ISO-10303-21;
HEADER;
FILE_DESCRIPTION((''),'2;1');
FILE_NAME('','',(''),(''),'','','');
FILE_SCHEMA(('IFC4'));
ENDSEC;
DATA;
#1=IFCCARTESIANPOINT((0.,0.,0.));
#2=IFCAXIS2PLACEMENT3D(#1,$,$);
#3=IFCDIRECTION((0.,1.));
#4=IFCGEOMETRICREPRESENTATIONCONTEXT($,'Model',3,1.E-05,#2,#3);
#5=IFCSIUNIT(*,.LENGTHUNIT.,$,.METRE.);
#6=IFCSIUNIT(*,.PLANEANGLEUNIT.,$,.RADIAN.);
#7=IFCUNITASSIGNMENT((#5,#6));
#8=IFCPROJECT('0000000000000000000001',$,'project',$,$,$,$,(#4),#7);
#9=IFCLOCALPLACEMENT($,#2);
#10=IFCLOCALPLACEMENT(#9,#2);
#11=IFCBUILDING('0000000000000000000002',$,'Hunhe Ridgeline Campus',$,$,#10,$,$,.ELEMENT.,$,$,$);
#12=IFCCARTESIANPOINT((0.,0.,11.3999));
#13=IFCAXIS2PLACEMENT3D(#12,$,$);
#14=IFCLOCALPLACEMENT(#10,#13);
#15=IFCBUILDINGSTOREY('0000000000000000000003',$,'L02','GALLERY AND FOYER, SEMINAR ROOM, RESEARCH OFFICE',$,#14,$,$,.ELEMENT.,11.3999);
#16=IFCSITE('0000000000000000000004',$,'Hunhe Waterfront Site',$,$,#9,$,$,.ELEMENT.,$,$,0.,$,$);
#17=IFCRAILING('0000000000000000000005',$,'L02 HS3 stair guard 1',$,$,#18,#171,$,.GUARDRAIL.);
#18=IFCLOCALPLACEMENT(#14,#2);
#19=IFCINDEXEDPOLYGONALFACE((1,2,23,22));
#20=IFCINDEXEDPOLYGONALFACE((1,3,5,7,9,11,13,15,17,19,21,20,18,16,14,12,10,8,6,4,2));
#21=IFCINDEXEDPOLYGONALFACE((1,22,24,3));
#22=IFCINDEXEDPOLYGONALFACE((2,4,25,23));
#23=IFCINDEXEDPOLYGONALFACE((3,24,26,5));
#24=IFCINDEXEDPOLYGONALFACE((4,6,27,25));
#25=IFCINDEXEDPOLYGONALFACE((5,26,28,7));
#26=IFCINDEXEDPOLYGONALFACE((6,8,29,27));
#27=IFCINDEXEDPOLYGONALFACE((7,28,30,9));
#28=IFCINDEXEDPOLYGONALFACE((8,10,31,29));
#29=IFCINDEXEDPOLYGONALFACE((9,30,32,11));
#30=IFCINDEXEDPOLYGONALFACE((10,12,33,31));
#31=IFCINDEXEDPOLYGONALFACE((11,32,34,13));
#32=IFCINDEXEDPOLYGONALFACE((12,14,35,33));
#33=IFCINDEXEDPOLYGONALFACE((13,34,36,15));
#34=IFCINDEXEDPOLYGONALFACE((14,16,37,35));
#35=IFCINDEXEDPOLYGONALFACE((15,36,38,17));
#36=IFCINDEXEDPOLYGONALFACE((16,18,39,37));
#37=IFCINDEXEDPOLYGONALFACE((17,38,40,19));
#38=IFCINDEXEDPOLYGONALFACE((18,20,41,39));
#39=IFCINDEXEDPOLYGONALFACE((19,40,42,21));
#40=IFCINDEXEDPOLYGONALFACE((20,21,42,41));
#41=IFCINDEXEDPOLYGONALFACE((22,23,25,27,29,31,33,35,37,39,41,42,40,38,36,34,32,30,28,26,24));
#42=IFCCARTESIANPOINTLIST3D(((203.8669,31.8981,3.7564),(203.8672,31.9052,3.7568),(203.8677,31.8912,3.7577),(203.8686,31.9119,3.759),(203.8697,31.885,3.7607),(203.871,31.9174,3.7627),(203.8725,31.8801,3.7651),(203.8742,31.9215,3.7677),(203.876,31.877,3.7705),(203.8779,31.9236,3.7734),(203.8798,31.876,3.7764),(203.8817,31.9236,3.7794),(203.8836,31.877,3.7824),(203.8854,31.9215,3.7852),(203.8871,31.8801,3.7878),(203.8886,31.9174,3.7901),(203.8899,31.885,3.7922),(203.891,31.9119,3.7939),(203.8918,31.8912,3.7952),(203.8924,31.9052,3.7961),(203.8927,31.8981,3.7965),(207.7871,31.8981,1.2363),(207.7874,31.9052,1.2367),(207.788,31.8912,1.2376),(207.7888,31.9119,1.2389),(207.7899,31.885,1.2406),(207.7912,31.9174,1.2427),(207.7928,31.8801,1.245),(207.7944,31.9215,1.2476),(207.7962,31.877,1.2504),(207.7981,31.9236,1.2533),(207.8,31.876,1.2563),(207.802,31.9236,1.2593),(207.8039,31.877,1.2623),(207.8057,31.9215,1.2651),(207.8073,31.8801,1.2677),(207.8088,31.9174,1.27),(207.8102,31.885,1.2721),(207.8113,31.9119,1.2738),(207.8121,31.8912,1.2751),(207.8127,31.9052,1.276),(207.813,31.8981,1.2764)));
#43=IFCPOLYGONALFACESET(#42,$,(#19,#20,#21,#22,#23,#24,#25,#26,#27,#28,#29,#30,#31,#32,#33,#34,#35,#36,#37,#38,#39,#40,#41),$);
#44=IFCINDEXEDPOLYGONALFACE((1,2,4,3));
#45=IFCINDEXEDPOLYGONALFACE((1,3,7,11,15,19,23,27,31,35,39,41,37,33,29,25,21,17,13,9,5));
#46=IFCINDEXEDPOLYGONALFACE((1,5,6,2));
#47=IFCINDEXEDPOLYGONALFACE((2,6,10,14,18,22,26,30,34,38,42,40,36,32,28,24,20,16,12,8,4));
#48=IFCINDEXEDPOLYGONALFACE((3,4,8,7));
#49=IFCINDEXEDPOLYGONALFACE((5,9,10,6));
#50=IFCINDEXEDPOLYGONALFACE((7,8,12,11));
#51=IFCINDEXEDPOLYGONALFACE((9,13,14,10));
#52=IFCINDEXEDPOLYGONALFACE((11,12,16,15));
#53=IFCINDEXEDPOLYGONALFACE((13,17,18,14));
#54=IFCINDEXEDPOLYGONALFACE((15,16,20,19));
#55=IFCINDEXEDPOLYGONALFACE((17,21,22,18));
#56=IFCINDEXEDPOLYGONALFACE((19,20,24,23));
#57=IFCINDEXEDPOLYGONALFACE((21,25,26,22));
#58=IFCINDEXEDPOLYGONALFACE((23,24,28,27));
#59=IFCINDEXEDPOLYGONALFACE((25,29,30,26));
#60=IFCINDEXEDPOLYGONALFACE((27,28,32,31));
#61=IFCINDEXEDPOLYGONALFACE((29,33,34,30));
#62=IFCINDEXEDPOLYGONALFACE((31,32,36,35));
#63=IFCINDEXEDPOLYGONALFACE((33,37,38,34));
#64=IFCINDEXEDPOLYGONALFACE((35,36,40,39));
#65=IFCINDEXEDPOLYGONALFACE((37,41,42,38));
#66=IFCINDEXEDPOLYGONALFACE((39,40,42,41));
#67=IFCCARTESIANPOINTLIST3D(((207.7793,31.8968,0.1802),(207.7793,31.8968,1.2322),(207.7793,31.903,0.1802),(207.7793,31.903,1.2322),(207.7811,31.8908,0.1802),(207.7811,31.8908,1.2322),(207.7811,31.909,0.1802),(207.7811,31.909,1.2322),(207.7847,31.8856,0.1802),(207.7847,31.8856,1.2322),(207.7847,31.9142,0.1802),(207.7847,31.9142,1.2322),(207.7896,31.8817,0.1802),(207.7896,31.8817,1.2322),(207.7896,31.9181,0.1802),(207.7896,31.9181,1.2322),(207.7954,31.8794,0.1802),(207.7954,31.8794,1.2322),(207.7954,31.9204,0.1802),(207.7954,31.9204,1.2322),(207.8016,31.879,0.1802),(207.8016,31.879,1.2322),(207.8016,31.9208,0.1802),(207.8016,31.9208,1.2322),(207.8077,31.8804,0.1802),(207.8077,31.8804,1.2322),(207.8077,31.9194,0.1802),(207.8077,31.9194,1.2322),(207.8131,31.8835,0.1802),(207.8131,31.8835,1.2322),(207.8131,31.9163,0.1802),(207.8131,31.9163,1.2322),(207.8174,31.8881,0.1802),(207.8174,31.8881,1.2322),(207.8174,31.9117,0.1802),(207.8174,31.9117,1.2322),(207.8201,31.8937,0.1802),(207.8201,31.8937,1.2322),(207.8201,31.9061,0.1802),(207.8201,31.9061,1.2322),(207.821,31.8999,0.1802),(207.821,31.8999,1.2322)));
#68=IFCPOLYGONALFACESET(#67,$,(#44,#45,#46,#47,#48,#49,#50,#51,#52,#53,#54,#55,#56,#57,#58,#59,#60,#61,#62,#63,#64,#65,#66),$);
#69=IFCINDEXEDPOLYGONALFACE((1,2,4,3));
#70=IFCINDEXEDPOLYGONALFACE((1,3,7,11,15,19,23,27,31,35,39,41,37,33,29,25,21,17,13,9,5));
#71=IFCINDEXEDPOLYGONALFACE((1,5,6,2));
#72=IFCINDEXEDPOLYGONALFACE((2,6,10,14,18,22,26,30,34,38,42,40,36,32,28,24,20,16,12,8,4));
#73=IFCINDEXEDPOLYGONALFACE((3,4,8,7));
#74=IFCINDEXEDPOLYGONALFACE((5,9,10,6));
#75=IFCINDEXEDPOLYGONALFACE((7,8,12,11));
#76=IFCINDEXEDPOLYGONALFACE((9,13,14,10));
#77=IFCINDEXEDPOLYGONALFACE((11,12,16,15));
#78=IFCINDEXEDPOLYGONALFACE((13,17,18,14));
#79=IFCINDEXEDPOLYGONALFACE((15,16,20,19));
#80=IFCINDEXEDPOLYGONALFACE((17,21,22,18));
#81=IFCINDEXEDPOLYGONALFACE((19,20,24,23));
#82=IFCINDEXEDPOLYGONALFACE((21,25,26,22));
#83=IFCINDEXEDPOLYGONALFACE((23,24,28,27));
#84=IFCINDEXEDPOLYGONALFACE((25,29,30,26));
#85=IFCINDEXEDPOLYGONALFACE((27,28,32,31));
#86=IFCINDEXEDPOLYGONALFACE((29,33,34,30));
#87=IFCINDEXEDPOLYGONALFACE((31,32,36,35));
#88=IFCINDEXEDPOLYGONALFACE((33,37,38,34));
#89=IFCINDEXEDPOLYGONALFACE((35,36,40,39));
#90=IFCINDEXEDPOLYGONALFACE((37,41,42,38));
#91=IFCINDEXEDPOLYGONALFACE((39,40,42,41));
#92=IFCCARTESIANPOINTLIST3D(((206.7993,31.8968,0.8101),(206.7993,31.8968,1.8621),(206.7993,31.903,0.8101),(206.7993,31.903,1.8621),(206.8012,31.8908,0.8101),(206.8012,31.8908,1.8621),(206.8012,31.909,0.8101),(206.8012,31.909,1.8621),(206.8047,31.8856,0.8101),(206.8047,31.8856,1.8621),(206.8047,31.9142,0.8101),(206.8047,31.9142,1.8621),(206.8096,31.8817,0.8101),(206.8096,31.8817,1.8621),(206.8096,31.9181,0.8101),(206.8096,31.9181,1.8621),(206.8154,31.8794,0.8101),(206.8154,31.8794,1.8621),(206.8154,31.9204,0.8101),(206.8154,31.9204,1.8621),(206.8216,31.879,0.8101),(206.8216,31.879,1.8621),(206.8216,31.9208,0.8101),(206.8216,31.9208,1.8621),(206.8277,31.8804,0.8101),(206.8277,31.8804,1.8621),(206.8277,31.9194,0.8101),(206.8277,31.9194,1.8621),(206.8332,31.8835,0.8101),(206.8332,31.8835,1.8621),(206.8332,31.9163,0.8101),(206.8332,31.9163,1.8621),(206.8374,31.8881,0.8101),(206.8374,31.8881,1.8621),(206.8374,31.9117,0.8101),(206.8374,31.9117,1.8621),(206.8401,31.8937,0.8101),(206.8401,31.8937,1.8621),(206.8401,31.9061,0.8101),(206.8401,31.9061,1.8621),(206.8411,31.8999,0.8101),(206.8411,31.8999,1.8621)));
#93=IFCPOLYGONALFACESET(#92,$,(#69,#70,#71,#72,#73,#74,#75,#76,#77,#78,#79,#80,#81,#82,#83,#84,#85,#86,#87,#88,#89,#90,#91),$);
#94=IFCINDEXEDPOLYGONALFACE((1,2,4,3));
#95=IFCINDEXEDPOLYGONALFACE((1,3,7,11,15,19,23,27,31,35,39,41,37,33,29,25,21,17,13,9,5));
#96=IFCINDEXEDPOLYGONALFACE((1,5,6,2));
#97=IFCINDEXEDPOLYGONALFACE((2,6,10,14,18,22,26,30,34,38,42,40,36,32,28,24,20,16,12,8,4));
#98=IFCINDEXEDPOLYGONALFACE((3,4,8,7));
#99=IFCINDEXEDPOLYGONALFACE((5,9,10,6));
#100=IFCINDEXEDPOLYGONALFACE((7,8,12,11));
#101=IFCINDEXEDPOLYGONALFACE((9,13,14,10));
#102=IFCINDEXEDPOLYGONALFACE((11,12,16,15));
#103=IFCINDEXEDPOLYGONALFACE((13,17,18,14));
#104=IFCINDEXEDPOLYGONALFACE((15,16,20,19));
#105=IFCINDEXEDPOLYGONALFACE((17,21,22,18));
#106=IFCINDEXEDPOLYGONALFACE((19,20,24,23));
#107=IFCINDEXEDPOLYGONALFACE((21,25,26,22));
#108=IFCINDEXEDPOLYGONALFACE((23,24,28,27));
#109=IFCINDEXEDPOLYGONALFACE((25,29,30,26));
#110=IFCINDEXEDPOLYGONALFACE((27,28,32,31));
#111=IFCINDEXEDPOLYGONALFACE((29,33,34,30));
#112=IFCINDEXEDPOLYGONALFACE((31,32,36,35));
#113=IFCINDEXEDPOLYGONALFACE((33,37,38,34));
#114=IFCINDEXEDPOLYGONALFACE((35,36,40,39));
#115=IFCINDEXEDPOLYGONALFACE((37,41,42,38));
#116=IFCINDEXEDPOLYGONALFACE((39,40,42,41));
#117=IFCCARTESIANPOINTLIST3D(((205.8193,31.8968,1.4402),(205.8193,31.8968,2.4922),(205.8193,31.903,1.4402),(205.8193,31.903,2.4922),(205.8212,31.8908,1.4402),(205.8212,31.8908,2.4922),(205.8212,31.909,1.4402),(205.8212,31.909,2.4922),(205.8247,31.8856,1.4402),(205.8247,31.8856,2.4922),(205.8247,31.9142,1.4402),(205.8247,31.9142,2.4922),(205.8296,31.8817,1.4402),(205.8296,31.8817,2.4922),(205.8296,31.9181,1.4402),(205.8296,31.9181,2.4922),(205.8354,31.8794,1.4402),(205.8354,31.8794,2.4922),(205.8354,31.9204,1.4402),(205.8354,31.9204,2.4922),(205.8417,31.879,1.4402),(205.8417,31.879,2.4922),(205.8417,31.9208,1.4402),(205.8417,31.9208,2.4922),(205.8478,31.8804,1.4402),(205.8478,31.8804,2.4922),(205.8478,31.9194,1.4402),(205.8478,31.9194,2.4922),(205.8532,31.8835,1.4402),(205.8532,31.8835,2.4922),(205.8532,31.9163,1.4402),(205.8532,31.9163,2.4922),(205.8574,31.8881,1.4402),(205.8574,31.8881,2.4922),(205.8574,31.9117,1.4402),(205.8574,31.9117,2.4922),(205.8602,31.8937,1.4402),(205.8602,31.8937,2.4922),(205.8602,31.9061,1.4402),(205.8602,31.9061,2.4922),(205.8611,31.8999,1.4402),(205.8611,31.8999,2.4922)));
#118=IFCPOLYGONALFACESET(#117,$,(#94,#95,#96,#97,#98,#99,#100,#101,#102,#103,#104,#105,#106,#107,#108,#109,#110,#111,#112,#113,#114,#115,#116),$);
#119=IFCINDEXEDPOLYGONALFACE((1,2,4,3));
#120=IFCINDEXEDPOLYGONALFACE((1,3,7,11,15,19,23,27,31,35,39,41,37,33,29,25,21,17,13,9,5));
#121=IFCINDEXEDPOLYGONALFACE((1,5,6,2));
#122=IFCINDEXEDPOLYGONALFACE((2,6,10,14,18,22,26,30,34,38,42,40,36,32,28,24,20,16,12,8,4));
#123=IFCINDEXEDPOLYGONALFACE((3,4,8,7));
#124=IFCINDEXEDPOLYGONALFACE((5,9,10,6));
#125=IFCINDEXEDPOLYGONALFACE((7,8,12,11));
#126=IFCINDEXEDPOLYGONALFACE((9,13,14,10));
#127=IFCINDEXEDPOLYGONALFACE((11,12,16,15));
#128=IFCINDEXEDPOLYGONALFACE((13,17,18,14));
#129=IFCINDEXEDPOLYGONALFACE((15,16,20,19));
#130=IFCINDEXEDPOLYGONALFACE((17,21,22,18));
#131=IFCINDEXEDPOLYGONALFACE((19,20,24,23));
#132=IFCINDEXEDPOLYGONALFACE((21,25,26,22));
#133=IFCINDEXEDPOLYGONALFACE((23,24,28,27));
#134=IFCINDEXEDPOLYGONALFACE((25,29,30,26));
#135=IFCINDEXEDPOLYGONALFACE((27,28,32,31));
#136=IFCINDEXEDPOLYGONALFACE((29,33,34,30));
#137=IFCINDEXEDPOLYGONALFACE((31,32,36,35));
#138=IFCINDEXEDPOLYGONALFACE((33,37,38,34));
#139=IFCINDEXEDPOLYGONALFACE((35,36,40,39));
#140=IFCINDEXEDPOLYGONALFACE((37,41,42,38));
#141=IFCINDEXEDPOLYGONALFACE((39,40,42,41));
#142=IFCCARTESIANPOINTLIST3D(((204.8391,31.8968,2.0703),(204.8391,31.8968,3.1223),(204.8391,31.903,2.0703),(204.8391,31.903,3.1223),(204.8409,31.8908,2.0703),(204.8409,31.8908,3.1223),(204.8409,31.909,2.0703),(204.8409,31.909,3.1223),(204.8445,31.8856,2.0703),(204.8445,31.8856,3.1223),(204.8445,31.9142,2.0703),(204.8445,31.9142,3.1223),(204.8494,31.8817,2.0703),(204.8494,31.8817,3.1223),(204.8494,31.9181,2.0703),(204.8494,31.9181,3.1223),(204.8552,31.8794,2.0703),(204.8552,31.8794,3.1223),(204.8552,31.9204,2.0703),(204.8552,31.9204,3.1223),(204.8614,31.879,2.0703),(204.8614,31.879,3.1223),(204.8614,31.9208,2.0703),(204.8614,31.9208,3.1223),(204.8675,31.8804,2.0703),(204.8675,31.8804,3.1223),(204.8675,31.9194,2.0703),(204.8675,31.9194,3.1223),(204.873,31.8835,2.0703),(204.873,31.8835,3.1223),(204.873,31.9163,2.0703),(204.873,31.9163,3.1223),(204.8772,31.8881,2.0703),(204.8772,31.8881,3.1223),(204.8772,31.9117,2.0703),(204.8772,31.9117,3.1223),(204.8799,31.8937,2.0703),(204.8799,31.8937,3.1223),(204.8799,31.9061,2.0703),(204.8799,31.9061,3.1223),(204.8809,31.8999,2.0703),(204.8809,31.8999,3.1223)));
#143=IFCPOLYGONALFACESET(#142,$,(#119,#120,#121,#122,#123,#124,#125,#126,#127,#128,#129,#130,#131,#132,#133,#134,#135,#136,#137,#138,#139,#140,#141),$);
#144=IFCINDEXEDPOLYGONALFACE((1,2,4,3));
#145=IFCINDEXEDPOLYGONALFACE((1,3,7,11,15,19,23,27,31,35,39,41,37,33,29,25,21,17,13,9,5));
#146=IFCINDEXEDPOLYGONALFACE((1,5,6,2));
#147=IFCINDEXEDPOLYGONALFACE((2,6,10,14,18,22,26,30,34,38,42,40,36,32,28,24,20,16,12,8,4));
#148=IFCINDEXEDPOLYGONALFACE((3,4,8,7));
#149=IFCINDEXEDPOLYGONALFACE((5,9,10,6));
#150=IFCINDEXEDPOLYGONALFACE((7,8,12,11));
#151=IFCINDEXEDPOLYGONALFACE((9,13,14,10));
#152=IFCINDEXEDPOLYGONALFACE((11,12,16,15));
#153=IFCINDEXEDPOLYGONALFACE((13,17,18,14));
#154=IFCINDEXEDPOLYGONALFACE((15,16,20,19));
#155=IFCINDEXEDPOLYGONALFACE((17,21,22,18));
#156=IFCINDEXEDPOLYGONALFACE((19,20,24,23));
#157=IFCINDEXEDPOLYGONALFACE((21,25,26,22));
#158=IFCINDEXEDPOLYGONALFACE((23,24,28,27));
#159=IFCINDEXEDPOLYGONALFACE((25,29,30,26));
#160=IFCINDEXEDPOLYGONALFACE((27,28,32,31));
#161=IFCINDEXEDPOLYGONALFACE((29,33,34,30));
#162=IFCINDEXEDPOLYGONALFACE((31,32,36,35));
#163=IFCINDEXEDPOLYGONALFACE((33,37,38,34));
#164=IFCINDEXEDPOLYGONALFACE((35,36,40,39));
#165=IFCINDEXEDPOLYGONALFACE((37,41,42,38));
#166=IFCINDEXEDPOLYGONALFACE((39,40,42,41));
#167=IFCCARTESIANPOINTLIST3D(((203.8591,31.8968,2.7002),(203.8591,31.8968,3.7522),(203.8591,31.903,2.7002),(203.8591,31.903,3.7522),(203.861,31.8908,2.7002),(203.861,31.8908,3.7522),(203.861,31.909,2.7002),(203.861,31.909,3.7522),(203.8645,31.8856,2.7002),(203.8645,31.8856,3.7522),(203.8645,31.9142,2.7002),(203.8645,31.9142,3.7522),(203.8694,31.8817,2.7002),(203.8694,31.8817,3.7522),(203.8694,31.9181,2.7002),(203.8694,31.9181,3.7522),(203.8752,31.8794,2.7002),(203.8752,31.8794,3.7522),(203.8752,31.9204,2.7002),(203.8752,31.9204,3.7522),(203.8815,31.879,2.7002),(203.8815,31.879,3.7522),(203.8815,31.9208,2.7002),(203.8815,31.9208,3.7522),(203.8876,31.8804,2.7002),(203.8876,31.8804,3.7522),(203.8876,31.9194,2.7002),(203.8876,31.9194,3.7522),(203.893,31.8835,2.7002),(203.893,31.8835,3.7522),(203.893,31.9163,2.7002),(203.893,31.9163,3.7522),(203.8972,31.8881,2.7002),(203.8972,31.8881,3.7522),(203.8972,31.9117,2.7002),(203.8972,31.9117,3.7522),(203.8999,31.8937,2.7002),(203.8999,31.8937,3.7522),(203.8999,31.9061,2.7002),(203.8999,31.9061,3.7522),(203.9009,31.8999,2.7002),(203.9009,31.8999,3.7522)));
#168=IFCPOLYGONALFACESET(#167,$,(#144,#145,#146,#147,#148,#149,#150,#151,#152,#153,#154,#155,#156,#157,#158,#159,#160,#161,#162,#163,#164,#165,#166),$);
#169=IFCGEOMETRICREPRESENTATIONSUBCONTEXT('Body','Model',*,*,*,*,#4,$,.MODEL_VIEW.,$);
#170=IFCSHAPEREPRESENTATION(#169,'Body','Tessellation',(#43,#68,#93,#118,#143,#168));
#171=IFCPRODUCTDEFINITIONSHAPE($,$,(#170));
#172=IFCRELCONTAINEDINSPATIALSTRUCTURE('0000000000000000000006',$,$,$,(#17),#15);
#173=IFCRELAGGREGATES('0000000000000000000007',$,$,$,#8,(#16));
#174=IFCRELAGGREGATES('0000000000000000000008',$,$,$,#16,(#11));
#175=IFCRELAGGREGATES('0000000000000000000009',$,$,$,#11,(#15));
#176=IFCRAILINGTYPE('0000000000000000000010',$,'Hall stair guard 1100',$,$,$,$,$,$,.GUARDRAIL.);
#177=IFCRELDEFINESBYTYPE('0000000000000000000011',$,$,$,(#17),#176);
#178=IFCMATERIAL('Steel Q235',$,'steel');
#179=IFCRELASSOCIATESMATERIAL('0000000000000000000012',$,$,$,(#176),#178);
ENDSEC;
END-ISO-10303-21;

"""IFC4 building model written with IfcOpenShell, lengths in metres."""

from ifc_helpers import new_model, si_unit, direction, frame, origin, origin_2d, place, context, subcontext, project, spatial, circle, extrude, material, type_object, element, save


model = new_model("IFC4")

# Units and contexts
model_context = context("Model", 3, precision=1e-05, world=origin(), true_north=direction((0.0, 1.0)))
body_context = subcontext(model_context, "Body", "Model", "MODEL_VIEW")
ifc_project = project(units=[si_unit("LENGTHUNIT", "METRE"), si_unit("PLANEANGLEUNIT", "RADIAN")], contexts=[model_context])

# Site, building, storey
site_placement = place(None, origin())
site = spatial("IfcSite", under=ifc_project, at=site_placement, Name="Hunhe Waterfront Site", CompositionType="ELEMENT", RefElevation=0.0)
building_placement = place(site_placement, origin())
building = spatial("IfcBuilding", under=site, at=building_placement, Name="Hunhe Ridgeline Campus", CompositionType="ELEMENT")
storey_placement = place(building_placement, frame((0.0, 0.0, 11.3999)))
storey = spatial("IfcBuildingStorey", under=building, at=storey_placement, Name="L02", Description="GALLERY AND FOYER, SEMINAR ROOM, RESEARCH OFFICE", CompositionType="ELEMENT", Elevation=11.3999)

# Shared definitions
ifc_material_1 = material(Name="Steel Q235", Category="steel")

# Railing
railing_type_1 = type_object("IfcRailingType", Name="Hall stair guard 1100", PredefinedType="GUARDRAIL", material=ifc_material_1)
railing_1_placement = place(storey_placement, frame((207.8, 31.8999, 0.1802)))
element("IfcRailing", 1, at=railing_1_placement, inside=storey, type_object=railing_type_1, Name="L02 HS3 stair guard 1", PredefinedType="GUARDRAIL", context=body_context, shape_type="SweptSolid", body=[
    extrude(circle(Radius=0.0239, at=origin_2d()), frame((0.0, 0.0, 1.0762), z_axis=(-0.841187, 0.0, 0.540744), x_axis=(0.0, -1.0, 0.0)), (0.0, 0.0, 1.0), 4.6604),
    extrude(circle(Radius=0.021, at=origin_2d()), origin(), (0.0, 0.0, 1.0), 1.052),
    extrude(circle(Radius=0.021, at=origin_2d()), frame((-0.98, 0.0, 0.6299)), (0.0, 0.0, 1.0), 1.052),
    extrude(circle(Radius=0.021, at=origin_2d()), frame((-1.96, 0.0, 1.26)), (0.0, 0.0, 1.0), 1.052),
    extrude(circle(Radius=0.021, at=origin_2d()), frame((-2.9402, 0.0, 1.8901)), (0.0, 0.0, 1.0), 1.052),
    extrude(circle(Radius=0.021, at=origin_2d()), frame((-3.9202, 0.0, 2.52)), (0.0, 0.0, 1.0), 1.052),
])

save(model, "model.ifc")
